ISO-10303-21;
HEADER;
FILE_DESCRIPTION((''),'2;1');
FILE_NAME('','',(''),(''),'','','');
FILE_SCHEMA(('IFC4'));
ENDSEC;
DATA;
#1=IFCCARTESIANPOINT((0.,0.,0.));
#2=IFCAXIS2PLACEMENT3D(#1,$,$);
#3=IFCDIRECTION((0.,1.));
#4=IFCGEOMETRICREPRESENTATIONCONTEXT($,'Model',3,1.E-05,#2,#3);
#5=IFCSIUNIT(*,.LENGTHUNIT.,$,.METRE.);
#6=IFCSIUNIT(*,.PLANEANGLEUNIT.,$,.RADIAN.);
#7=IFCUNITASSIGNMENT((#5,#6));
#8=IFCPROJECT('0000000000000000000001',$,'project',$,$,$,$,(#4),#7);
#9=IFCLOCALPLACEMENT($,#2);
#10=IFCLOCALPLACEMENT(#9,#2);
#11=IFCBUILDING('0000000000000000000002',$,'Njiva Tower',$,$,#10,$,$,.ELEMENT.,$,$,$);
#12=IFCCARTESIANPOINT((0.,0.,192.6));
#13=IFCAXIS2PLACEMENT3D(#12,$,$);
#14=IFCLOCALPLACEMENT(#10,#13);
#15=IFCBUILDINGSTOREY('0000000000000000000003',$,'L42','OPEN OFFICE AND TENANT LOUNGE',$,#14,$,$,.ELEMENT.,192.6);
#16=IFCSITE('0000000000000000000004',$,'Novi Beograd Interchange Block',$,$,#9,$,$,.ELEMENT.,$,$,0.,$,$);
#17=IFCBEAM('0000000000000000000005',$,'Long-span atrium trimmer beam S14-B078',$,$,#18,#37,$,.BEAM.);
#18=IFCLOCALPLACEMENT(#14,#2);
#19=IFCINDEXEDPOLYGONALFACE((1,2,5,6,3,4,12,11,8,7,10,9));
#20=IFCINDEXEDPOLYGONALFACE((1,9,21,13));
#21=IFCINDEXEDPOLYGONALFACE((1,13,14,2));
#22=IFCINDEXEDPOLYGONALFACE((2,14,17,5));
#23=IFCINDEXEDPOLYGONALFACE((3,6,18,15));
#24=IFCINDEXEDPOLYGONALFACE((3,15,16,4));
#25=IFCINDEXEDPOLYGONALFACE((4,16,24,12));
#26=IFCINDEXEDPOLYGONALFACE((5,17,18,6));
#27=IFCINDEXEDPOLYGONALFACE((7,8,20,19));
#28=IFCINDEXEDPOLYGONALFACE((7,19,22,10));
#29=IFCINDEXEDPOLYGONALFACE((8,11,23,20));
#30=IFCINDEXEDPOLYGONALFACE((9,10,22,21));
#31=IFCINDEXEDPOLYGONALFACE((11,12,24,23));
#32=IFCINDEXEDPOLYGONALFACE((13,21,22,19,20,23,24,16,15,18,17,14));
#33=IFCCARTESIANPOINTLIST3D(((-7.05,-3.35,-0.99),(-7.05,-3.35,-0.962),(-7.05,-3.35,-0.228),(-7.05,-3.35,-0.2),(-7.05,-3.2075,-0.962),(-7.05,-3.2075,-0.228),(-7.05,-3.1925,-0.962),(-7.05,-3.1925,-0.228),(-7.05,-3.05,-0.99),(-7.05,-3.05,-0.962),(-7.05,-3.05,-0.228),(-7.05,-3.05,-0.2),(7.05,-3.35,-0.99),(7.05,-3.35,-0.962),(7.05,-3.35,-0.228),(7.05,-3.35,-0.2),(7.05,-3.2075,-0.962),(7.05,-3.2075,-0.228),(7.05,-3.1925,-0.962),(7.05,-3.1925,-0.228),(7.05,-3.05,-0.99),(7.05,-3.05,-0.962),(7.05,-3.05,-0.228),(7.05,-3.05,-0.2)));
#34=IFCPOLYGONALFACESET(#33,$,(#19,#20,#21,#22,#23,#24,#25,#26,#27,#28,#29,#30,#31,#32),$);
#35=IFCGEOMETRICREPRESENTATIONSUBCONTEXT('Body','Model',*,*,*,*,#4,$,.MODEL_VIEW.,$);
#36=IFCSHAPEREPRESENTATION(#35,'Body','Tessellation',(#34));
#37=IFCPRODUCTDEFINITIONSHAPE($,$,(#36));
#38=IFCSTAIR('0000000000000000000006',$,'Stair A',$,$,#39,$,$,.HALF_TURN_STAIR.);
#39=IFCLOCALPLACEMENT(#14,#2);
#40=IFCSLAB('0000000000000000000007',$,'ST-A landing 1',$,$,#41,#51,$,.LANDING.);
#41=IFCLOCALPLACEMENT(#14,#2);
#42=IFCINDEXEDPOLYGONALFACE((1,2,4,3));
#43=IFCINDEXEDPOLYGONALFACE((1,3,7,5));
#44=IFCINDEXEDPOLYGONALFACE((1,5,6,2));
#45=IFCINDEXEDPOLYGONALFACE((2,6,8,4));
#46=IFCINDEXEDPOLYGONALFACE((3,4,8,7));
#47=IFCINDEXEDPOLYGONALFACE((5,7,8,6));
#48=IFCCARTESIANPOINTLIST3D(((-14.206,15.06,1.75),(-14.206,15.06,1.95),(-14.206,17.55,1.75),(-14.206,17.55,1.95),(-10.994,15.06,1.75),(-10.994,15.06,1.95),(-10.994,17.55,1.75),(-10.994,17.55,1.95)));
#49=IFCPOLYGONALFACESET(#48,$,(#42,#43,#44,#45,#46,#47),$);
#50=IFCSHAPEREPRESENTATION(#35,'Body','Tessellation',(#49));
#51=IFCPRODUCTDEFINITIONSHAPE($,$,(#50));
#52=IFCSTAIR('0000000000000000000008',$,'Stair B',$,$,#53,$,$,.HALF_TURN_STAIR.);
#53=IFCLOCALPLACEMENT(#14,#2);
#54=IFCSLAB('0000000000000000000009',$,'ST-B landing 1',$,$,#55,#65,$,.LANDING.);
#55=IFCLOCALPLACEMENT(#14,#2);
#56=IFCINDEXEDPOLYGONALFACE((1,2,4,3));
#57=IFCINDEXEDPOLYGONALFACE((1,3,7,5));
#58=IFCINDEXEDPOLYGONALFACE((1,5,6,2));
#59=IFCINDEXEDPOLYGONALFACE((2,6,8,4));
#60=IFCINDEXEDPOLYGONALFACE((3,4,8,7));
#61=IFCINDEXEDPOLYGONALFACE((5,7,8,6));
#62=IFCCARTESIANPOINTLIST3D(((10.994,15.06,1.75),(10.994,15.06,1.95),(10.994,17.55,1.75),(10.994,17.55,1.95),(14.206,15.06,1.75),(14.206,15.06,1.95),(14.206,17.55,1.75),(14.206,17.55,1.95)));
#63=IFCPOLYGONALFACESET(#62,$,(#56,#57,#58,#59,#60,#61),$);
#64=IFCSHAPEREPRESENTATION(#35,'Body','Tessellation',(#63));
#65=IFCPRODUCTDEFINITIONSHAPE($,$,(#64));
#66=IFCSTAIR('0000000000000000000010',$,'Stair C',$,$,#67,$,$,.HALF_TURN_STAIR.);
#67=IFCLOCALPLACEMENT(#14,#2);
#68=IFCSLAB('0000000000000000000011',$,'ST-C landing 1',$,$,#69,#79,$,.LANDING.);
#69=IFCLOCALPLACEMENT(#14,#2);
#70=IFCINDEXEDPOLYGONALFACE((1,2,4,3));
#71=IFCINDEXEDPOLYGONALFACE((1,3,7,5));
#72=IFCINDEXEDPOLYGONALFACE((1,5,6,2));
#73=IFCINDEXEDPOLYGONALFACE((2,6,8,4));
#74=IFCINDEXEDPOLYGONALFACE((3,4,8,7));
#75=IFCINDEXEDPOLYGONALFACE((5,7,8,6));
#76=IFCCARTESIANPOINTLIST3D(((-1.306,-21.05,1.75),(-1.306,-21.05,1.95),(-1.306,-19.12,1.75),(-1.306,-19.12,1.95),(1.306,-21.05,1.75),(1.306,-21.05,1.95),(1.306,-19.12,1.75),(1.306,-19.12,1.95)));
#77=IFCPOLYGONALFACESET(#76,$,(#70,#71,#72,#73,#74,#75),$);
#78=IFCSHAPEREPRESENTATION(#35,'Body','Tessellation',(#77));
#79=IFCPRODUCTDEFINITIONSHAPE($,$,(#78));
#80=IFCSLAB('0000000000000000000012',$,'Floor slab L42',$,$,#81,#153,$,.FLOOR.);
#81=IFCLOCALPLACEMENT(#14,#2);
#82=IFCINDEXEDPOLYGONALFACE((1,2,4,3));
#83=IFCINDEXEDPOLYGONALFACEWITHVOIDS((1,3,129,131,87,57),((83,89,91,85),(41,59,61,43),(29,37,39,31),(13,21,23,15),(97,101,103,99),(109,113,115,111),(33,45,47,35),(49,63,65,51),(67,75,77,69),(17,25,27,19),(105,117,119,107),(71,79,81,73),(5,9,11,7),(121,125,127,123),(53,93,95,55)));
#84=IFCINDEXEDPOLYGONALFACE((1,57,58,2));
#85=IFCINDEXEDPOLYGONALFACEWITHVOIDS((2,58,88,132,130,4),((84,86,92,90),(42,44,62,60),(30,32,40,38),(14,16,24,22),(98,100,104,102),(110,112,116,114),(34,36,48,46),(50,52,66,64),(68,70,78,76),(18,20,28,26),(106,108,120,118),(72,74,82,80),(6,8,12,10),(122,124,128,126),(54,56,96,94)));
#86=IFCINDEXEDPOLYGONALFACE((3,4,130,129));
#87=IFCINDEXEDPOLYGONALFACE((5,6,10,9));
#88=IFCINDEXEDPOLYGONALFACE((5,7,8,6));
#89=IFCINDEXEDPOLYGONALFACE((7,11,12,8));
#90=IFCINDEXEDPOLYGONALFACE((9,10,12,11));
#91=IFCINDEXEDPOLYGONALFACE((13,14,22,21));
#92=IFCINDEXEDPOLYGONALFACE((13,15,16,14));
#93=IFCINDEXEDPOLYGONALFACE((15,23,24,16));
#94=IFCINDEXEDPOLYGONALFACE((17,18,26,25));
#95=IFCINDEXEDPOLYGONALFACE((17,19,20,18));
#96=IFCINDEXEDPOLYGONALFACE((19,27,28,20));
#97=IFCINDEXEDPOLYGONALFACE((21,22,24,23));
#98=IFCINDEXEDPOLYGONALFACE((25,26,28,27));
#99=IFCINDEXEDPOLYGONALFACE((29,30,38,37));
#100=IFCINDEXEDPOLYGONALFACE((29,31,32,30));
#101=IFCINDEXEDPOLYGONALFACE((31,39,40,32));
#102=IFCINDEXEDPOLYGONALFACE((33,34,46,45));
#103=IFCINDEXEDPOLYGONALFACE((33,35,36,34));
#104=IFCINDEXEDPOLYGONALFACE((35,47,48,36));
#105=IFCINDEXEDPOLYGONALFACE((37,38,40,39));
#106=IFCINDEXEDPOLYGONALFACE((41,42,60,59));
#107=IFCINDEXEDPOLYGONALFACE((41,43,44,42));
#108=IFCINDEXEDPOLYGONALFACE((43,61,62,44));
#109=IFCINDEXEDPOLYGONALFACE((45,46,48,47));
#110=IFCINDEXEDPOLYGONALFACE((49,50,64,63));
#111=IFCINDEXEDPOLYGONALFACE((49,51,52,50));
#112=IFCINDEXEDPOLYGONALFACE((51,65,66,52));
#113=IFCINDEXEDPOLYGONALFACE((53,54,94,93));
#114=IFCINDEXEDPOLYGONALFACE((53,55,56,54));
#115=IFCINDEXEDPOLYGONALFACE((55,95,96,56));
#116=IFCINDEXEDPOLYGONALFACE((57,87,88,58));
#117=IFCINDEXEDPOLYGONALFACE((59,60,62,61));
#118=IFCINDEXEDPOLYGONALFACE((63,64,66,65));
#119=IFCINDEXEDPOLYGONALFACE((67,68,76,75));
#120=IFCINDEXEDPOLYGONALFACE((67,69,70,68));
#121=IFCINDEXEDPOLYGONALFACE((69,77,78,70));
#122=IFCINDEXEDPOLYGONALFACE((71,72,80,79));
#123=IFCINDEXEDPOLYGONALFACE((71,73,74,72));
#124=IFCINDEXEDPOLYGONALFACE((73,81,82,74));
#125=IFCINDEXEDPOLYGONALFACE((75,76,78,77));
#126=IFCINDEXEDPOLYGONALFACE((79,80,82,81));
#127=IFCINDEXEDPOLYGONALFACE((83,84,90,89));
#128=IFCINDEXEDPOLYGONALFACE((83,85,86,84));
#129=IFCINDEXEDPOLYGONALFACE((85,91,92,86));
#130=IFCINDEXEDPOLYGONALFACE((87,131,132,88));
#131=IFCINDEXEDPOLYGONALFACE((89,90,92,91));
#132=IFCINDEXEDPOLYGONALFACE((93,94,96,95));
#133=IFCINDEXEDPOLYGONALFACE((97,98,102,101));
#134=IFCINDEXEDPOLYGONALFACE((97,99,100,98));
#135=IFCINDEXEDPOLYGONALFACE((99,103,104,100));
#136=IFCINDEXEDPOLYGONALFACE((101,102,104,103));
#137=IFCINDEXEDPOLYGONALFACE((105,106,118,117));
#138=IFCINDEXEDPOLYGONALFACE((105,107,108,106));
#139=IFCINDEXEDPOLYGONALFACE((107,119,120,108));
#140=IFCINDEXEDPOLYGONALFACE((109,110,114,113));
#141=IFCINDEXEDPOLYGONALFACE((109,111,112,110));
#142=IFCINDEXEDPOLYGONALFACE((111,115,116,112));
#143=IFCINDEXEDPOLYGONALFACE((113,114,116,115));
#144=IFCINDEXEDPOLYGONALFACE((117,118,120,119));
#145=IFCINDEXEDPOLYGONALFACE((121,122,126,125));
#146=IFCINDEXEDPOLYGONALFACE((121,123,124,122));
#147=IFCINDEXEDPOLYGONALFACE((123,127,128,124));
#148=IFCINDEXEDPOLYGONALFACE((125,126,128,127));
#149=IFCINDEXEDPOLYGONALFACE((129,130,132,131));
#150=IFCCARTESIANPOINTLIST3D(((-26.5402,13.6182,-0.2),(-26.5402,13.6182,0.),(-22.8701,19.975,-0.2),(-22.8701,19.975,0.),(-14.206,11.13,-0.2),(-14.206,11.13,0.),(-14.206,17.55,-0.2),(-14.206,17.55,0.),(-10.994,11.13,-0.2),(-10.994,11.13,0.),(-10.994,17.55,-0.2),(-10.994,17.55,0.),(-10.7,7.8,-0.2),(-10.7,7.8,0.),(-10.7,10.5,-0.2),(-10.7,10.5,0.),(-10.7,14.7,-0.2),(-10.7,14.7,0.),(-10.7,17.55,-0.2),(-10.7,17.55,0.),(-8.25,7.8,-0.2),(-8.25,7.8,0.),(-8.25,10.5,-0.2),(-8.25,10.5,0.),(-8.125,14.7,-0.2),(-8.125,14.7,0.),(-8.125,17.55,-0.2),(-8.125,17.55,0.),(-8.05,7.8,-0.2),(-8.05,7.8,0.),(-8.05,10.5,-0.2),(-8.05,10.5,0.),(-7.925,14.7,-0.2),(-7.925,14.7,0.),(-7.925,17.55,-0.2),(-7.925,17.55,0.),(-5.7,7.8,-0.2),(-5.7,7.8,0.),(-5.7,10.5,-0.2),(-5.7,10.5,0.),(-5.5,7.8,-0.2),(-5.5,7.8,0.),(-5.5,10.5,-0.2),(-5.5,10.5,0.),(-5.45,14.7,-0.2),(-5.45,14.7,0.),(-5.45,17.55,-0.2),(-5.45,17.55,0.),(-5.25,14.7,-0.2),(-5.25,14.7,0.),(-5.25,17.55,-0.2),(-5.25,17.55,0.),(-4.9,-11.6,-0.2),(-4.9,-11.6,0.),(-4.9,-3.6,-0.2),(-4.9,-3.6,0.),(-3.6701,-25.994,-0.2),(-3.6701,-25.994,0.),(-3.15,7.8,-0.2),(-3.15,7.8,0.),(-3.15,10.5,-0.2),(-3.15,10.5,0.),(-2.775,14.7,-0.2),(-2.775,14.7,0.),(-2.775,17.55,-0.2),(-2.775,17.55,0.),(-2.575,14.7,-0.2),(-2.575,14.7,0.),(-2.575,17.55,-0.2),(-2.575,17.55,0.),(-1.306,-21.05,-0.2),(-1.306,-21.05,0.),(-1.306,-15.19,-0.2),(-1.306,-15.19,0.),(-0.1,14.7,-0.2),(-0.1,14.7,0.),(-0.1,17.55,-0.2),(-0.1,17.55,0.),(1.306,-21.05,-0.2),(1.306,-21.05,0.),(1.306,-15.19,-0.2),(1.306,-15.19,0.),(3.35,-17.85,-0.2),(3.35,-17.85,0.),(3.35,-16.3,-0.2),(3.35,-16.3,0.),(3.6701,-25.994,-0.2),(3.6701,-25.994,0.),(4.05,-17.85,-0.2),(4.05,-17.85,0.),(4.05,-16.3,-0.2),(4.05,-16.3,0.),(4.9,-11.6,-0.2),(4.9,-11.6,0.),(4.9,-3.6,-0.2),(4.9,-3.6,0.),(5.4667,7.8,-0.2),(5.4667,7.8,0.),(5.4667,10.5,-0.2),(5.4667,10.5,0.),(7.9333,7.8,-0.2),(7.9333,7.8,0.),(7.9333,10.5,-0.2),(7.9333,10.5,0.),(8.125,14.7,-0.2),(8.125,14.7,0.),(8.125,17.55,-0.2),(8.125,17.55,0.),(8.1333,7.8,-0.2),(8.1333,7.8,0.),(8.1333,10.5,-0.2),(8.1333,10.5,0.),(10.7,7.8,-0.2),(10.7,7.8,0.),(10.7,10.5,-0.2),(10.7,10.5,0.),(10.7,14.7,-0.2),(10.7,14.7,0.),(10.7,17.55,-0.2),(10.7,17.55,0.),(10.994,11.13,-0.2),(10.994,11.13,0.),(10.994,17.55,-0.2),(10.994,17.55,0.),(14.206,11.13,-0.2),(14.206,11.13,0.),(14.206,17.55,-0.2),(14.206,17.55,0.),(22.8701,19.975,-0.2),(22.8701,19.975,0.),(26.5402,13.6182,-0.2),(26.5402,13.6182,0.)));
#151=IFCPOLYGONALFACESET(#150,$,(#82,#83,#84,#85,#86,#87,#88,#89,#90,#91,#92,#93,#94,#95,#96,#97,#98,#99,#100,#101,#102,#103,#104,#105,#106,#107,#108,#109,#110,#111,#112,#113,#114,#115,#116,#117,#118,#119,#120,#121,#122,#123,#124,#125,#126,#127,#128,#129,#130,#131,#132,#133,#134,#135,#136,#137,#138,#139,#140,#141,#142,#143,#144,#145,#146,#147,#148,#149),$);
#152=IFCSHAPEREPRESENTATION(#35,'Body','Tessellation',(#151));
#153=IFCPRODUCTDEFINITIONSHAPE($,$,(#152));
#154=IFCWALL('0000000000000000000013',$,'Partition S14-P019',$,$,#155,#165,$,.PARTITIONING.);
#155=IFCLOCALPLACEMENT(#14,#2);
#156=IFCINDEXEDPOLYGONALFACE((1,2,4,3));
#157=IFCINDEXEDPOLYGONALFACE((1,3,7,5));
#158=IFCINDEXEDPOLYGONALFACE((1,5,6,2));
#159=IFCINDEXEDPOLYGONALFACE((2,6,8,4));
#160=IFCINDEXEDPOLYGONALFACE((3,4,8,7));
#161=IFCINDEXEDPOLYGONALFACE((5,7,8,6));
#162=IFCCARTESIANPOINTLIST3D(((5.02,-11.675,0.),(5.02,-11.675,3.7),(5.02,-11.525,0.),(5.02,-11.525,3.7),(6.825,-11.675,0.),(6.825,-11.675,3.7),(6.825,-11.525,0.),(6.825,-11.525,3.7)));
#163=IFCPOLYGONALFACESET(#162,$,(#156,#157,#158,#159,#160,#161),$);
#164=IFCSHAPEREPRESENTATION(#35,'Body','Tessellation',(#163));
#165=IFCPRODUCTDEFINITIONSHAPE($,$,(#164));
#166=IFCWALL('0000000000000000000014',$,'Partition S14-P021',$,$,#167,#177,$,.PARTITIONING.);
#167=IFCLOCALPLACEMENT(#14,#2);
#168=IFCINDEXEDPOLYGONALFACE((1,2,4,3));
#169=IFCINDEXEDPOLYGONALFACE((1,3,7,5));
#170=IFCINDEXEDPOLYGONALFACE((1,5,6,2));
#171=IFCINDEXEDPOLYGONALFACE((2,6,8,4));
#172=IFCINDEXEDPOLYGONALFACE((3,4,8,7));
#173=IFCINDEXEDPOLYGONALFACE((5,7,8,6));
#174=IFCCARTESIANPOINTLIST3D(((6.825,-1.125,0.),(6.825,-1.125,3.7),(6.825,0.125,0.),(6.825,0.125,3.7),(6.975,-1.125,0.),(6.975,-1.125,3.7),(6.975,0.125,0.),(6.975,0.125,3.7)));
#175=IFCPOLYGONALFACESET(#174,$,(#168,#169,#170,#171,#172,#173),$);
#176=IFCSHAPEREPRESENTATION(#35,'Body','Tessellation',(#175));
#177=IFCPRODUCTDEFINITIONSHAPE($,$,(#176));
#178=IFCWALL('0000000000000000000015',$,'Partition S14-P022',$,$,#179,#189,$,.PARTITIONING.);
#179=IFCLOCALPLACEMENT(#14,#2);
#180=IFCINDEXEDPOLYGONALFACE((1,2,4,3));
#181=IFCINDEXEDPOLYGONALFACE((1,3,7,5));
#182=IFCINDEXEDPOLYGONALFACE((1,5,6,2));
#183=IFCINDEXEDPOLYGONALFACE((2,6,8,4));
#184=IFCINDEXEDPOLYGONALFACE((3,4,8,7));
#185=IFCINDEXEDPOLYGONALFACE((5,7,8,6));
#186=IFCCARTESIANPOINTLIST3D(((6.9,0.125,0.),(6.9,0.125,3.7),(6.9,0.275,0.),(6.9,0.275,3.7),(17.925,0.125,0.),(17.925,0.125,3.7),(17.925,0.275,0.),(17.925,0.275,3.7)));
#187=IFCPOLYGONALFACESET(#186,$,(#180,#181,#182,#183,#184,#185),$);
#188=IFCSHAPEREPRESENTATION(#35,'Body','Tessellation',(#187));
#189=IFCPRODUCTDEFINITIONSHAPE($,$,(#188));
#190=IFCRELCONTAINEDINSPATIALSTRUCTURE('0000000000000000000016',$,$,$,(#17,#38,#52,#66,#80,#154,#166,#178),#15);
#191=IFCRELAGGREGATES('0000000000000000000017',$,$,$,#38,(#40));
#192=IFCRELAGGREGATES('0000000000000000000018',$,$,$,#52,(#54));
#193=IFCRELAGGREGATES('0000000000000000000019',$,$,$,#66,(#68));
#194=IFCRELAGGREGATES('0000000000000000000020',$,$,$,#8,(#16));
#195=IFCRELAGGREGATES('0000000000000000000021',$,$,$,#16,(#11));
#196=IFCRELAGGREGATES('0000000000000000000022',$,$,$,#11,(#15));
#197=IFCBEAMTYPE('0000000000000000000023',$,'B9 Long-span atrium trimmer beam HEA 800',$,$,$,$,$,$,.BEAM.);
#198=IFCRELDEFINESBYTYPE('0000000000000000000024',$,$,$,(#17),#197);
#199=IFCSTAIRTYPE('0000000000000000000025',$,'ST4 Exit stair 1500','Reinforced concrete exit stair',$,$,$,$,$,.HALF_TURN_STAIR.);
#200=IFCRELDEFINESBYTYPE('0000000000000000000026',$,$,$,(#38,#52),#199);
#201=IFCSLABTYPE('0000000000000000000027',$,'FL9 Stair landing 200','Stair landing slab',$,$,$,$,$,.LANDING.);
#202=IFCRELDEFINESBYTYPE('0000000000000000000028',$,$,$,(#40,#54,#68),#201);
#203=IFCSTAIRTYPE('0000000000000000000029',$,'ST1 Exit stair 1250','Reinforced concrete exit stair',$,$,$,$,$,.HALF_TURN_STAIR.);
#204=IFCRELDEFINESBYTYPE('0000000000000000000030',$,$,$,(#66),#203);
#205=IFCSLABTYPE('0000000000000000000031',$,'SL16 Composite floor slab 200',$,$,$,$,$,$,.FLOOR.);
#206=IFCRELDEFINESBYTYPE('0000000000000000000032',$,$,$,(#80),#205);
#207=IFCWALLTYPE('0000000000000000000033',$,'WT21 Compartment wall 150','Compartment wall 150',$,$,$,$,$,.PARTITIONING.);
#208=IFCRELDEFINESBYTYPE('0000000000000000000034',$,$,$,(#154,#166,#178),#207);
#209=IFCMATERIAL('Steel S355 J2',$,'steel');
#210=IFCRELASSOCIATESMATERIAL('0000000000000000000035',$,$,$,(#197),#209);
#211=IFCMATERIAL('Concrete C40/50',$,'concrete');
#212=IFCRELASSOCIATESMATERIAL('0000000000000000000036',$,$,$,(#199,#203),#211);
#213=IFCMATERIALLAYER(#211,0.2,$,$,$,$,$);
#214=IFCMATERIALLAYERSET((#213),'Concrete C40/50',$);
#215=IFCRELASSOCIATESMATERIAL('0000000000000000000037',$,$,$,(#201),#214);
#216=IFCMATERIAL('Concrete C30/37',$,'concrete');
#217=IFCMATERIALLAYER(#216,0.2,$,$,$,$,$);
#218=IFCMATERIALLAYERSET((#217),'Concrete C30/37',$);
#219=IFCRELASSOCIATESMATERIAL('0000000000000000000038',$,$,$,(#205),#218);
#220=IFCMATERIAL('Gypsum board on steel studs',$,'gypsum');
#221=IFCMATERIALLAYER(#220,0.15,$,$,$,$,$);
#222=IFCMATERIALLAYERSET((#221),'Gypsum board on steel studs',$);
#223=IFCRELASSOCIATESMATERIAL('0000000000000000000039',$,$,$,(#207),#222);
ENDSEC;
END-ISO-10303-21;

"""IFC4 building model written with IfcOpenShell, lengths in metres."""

from ifc_helpers import new_model, si_unit, direction, frame, frame_2d, origin, origin_2d, place, context, subcontext, project, spatial, polyline, rectangle, i_section, outline, extrude, material, layer, layer_set, material_profile, profile_set, type_object, element, aggregate, save


model = new_model("IFC4")

# Units and contexts
model_context = context("Model", 3, precision=1e-05, world=origin(), true_north=direction((0.0, 1.0)))
body_context = subcontext(model_context, "Body", "Model", "MODEL_VIEW")
ifc_project = project(units=[si_unit("LENGTHUNIT", "METRE"), si_unit("PLANEANGLEUNIT", "RADIAN")], contexts=[model_context])

# Site, building, storey
site_placement = place(None, origin())
site = spatial("IfcSite", under=ifc_project, at=site_placement, Name="Novi Beograd Interchange Block", CompositionType="ELEMENT", RefElevation=0.0)
building_placement = place(site_placement, origin())
building = spatial("IfcBuilding", under=site, at=building_placement, Name="Njiva Tower", CompositionType="ELEMENT")
storey_placement = place(building_placement, frame((0.0, 0.0, 192.6)))
storey = spatial("IfcBuildingStorey", under=building, at=storey_placement, Name="L42", Description="OPEN OFFICE AND TENANT LOUNGE", CompositionType="ELEMENT", Elevation=192.6)

# Shared definitions
ifc_material_1 = material(Name="Steel S355 J2", Category="steel")

# Beam
ifc_material_profile_1 = material_profile(ifc_material_1, i_section(OverallWidth=0.3, OverallDepth=0.79, WebThickness=0.015, FlangeThickness=0.028, at=origin_2d()), Name="HEA 800")
ifc_profile_set_1 = profile_set([ifc_material_profile_1], Name="Steel S355 J2")
beam_type_1 = type_object("IfcBeamType", Name="B9 Long-span atrium trimmer beam HEA 800", PredefinedType="BEAM", material=ifc_profile_set_1)
beam_1_placement = place(storey_placement, frame((7.05, -3.2, -0.595), z_axis=(-1.0, 0.0, 0.0), x_axis=(0.0, -1.0, 0.0)))
element("IfcBeam", 1, at=beam_1_placement, inside=storey, type_object=beam_type_1, Name="Long-span atrium trimmer beam S14-B078", PredefinedType="BEAM", context=body_context, shape_type="SweptSolid", body=[
    extrude(i_section(OverallWidth=0.3, OverallDepth=0.79, WebThickness=0.015, FlangeThickness=0.028, at=origin_2d()), origin(), (0.0, 0.0, 1.0), 14.1),
])

# Stairs, slabs
ifc_material_2 = material(Name="Concrete C40/50", Category="concrete")
stair_type_1 = type_object("IfcStairType", Name="ST4 Exit stair 1500", Description="Reinforced concrete exit stair", PredefinedType="HALF_TURN_STAIR", material=ifc_material_2)
stair_1_placement = place(storey_placement, origin())
stair_1 = element("IfcStair", 2, at=stair_1_placement, inside=storey, type_object=stair_type_1, Name="Stair A", PredefinedType="HALF_TURN_STAIR")
ifc_layer_1 = layer(ifc_material_2, 0.2)
ifc_layer_set_1 = layer_set([ifc_layer_1], Name="Concrete C40/50")
slab_type_1 = type_object("IfcSlabType", Name="FL9 Stair landing 200", Description="Stair landing slab", PredefinedType="LANDING", material=ifc_layer_set_1)
slab_1_placement = place(storey_placement, frame((0.0, 0.0, 1.75)))
slab_1 = element("IfcSlab", 3, at=slab_1_placement, type_object=slab_type_1, Name="ST-A landing 1", PredefinedType="LANDING", context=body_context, shape_type="SweptSolid", body=[
    extrude(outline(polyline([(-14.206, 15.06), (-10.994, 15.06), (-10.994, 17.55), (-14.206, 17.55), (-14.206, 15.06)])), origin(), (0.0, 0.0, 1.0), 0.2),
])
aggregate(stair_1, [slab_1])
stair_2_placement = place(storey_placement, origin())
stair_2 = element("IfcStair", 4, at=stair_2_placement, inside=storey, type_object=stair_type_1, Name="Stair B", PredefinedType="HALF_TURN_STAIR")
slab_2_placement = place(storey_placement, frame((0.0, 0.0, 1.75)))
slab_2 = element("IfcSlab", 5, at=slab_2_placement, type_object=slab_type_1, Name="ST-B landing 1", PredefinedType="LANDING", context=body_context, shape_type="SweptSolid", body=[
    extrude(outline(polyline([(10.994, 15.06), (14.206, 15.06), (14.206, 17.55), (10.994, 17.55), (10.994, 15.06)])), origin(), (0.0, 0.0, 1.0), 0.2),
])
aggregate(stair_2, [slab_2])
stair_type_2 = type_object("IfcStairType", Name="ST1 Exit stair 1250", Description="Reinforced concrete exit stair", PredefinedType="HALF_TURN_STAIR", material=ifc_material_2)
stair_3_placement = place(storey_placement, origin())
stair_3 = element("IfcStair", 6, at=stair_3_placement, inside=storey, type_object=stair_type_2, Name="Stair C", PredefinedType="HALF_TURN_STAIR")
slab_3_placement = place(storey_placement, frame((0.0, 0.0, 1.75)))
slab_3 = element("IfcSlab", 7, at=slab_3_placement, type_object=slab_type_1, Name="ST-C landing 1", PredefinedType="LANDING", context=body_context, shape_type="SweptSolid", body=[
    extrude(outline(polyline([(-1.306, -21.05), (1.306, -21.05), (1.306, -19.12), (-1.306, -19.12), (-1.306, -21.05)])), origin(), (0.0, 0.0, 1.0), 0.2),
])
aggregate(stair_3, [slab_3])

# Slab
ifc_material_3 = material(Name="Concrete C30/37", Category="concrete")
ifc_layer_2 = layer(ifc_material_3, 0.2)
ifc_layer_set_2 = layer_set([ifc_layer_2], Name="Concrete C30/37")
slab_type_2 = type_object("IfcSlabType", Name="SL16 Composite floor slab 200", PredefinedType="FLOOR", material=ifc_layer_set_2)
slab_4_placement = place(storey_placement, frame((0.0, 0.0, -0.2)))
element("IfcSlab", 8, at=slab_4_placement, inside=storey, type_object=slab_type_2, Name="Floor slab L42", PredefinedType="FLOOR", context=body_context, shape_type="SweptSolid", body=[
    extrude(outline(polyline([(26.5402, 13.6182), (3.6701, -25.994), (-3.6701, -25.994), (-26.5402, 13.6182), (-22.8701, 19.975), (22.8701, 19.975), (26.5402, 13.6182)]), holes=[polyline([(10.994, 11.13), (14.206, 11.13), (14.206, 17.55), (10.994, 17.55), (10.994, 11.13)]), polyline([(8.125, 14.7), (10.7, 14.7), (10.7, 17.55), (8.125, 17.55), (8.125, 14.7)]), polyline([(8.1333, 7.8), (10.7, 7.8), (10.7, 10.5), (8.1333, 10.5), (8.1333, 7.8)]), polyline([(5.4667, 7.8), (7.9333, 7.8), (7.9333, 10.5), (5.4667, 10.5), (5.4667, 7.8)]), polyline([(4.9, -11.6), (4.9, -3.6), (-4.9, -3.6), (-4.9, -11.6), (4.9, -11.6)]), polyline([(3.35, -17.85), (4.05, -17.85), (4.05, -16.3), (3.35, -16.3), (3.35, -17.85)]), polyline([(-1.306, -21.05), (1.306, -21.05), (1.306, -15.19), (-1.306, -15.19), (-1.306, -21.05)]), polyline([(-2.575, 14.7), (-0.1, 14.7), (-0.1, 17.55), (-2.575, 17.55), (-2.575, 14.7)]), polyline([(-5.25, 14.7), (-2.775, 14.7), (-2.775, 17.55), (-5.25, 17.55), (-5.25, 14.7)]), polyline([(-5.5, 7.8), (-3.15, 7.8), (-3.15, 10.5), (-5.5, 10.5), (-5.5, 7.8)]), polyline([(-7.925, 14.7), (-5.45, 14.7), (-5.45, 17.55), (-7.925, 17.55), (-7.925, 14.7)]), polyline([(-8.05, 7.8), (-5.7, 7.8), (-5.7, 10.5), (-8.05, 10.5), (-8.05, 7.8)]), polyline([(-10.7, 14.7), (-8.125, 14.7), (-8.125, 17.55), (-10.7, 17.55), (-10.7, 14.7)]), polyline([(-8.25, 7.8), (-8.25, 10.5), (-10.7, 10.5), (-10.7, 7.8), (-8.25, 7.8)]), polyline([(-14.206, 11.13), (-10.994, 11.13), (-10.994, 17.55), (-14.206, 17.55), (-14.206, 11.13)])]), origin(), (0.0, 0.0, 1.0), 0.2),
])

# Walls
ifc_material_4 = material(Name="Gypsum board on steel studs", Category="gypsum")
ifc_layer_3 = layer(ifc_material_4, 0.15)
ifc_layer_set_3 = layer_set([ifc_layer_3], Name="Gypsum board on steel studs")
wall_type_1 = type_object("IfcWallType", Name="WT21 Compartment wall 150", Description="Compartment wall 150", PredefinedType="PARTITIONING", material=ifc_layer_set_3)
wall_1_placement = place(storey_placement, frame((5.02, -11.6, 0.0), z_axis=(0.0, 0.0, 1.0), x_axis=(1.0, 0.0, 0.0)))
element("IfcWall", 9, at=wall_1_placement, inside=storey, type_object=wall_type_1, Name="Partition S14-P019", PredefinedType="PARTITIONING", context=body_context, shape_type="SweptSolid", body=[
    extrude(rectangle(XDim=1.805, YDim=0.15, at=frame_2d((0.9025, 0.0))), origin(), (0.0, 0.0, 1.0), 3.7),
])
wall_2_placement = place(storey_placement, frame((6.9, -1.125, 0.0), z_axis=(0.0, 0.0, 1.0), x_axis=(0.0, 1.0, 0.0)))
element("IfcWall", 10, at=wall_2_placement, inside=storey, type_object=wall_type_1, Name="Partition S14-P021", PredefinedType="PARTITIONING", context=body_context, shape_type="SweptSolid", body=[
    extrude(rectangle(XDim=1.25, YDim=0.15, at=frame_2d((0.625, 0.0))), origin(), (0.0, 0.0, 1.0), 3.7),
])
wall_3_placement = place(storey_placement, frame((6.9, 0.2, 0.0), z_axis=(0.0, 0.0, 1.0), x_axis=(1.0, 0.0, 0.0)))
element("IfcWall", 11, at=wall_3_placement, inside=storey, type_object=wall_type_1, Name="Partition S14-P022", PredefinedType="PARTITIONING", context=body_context, shape_type="SweptSolid", body=[
    extrude(rectangle(XDim=11.025, YDim=0.15, at=frame_2d((5.5125, 0.0))), origin(), (0.0, 0.0, 1.0), 3.7),
])

save(model, "model.ifc")
